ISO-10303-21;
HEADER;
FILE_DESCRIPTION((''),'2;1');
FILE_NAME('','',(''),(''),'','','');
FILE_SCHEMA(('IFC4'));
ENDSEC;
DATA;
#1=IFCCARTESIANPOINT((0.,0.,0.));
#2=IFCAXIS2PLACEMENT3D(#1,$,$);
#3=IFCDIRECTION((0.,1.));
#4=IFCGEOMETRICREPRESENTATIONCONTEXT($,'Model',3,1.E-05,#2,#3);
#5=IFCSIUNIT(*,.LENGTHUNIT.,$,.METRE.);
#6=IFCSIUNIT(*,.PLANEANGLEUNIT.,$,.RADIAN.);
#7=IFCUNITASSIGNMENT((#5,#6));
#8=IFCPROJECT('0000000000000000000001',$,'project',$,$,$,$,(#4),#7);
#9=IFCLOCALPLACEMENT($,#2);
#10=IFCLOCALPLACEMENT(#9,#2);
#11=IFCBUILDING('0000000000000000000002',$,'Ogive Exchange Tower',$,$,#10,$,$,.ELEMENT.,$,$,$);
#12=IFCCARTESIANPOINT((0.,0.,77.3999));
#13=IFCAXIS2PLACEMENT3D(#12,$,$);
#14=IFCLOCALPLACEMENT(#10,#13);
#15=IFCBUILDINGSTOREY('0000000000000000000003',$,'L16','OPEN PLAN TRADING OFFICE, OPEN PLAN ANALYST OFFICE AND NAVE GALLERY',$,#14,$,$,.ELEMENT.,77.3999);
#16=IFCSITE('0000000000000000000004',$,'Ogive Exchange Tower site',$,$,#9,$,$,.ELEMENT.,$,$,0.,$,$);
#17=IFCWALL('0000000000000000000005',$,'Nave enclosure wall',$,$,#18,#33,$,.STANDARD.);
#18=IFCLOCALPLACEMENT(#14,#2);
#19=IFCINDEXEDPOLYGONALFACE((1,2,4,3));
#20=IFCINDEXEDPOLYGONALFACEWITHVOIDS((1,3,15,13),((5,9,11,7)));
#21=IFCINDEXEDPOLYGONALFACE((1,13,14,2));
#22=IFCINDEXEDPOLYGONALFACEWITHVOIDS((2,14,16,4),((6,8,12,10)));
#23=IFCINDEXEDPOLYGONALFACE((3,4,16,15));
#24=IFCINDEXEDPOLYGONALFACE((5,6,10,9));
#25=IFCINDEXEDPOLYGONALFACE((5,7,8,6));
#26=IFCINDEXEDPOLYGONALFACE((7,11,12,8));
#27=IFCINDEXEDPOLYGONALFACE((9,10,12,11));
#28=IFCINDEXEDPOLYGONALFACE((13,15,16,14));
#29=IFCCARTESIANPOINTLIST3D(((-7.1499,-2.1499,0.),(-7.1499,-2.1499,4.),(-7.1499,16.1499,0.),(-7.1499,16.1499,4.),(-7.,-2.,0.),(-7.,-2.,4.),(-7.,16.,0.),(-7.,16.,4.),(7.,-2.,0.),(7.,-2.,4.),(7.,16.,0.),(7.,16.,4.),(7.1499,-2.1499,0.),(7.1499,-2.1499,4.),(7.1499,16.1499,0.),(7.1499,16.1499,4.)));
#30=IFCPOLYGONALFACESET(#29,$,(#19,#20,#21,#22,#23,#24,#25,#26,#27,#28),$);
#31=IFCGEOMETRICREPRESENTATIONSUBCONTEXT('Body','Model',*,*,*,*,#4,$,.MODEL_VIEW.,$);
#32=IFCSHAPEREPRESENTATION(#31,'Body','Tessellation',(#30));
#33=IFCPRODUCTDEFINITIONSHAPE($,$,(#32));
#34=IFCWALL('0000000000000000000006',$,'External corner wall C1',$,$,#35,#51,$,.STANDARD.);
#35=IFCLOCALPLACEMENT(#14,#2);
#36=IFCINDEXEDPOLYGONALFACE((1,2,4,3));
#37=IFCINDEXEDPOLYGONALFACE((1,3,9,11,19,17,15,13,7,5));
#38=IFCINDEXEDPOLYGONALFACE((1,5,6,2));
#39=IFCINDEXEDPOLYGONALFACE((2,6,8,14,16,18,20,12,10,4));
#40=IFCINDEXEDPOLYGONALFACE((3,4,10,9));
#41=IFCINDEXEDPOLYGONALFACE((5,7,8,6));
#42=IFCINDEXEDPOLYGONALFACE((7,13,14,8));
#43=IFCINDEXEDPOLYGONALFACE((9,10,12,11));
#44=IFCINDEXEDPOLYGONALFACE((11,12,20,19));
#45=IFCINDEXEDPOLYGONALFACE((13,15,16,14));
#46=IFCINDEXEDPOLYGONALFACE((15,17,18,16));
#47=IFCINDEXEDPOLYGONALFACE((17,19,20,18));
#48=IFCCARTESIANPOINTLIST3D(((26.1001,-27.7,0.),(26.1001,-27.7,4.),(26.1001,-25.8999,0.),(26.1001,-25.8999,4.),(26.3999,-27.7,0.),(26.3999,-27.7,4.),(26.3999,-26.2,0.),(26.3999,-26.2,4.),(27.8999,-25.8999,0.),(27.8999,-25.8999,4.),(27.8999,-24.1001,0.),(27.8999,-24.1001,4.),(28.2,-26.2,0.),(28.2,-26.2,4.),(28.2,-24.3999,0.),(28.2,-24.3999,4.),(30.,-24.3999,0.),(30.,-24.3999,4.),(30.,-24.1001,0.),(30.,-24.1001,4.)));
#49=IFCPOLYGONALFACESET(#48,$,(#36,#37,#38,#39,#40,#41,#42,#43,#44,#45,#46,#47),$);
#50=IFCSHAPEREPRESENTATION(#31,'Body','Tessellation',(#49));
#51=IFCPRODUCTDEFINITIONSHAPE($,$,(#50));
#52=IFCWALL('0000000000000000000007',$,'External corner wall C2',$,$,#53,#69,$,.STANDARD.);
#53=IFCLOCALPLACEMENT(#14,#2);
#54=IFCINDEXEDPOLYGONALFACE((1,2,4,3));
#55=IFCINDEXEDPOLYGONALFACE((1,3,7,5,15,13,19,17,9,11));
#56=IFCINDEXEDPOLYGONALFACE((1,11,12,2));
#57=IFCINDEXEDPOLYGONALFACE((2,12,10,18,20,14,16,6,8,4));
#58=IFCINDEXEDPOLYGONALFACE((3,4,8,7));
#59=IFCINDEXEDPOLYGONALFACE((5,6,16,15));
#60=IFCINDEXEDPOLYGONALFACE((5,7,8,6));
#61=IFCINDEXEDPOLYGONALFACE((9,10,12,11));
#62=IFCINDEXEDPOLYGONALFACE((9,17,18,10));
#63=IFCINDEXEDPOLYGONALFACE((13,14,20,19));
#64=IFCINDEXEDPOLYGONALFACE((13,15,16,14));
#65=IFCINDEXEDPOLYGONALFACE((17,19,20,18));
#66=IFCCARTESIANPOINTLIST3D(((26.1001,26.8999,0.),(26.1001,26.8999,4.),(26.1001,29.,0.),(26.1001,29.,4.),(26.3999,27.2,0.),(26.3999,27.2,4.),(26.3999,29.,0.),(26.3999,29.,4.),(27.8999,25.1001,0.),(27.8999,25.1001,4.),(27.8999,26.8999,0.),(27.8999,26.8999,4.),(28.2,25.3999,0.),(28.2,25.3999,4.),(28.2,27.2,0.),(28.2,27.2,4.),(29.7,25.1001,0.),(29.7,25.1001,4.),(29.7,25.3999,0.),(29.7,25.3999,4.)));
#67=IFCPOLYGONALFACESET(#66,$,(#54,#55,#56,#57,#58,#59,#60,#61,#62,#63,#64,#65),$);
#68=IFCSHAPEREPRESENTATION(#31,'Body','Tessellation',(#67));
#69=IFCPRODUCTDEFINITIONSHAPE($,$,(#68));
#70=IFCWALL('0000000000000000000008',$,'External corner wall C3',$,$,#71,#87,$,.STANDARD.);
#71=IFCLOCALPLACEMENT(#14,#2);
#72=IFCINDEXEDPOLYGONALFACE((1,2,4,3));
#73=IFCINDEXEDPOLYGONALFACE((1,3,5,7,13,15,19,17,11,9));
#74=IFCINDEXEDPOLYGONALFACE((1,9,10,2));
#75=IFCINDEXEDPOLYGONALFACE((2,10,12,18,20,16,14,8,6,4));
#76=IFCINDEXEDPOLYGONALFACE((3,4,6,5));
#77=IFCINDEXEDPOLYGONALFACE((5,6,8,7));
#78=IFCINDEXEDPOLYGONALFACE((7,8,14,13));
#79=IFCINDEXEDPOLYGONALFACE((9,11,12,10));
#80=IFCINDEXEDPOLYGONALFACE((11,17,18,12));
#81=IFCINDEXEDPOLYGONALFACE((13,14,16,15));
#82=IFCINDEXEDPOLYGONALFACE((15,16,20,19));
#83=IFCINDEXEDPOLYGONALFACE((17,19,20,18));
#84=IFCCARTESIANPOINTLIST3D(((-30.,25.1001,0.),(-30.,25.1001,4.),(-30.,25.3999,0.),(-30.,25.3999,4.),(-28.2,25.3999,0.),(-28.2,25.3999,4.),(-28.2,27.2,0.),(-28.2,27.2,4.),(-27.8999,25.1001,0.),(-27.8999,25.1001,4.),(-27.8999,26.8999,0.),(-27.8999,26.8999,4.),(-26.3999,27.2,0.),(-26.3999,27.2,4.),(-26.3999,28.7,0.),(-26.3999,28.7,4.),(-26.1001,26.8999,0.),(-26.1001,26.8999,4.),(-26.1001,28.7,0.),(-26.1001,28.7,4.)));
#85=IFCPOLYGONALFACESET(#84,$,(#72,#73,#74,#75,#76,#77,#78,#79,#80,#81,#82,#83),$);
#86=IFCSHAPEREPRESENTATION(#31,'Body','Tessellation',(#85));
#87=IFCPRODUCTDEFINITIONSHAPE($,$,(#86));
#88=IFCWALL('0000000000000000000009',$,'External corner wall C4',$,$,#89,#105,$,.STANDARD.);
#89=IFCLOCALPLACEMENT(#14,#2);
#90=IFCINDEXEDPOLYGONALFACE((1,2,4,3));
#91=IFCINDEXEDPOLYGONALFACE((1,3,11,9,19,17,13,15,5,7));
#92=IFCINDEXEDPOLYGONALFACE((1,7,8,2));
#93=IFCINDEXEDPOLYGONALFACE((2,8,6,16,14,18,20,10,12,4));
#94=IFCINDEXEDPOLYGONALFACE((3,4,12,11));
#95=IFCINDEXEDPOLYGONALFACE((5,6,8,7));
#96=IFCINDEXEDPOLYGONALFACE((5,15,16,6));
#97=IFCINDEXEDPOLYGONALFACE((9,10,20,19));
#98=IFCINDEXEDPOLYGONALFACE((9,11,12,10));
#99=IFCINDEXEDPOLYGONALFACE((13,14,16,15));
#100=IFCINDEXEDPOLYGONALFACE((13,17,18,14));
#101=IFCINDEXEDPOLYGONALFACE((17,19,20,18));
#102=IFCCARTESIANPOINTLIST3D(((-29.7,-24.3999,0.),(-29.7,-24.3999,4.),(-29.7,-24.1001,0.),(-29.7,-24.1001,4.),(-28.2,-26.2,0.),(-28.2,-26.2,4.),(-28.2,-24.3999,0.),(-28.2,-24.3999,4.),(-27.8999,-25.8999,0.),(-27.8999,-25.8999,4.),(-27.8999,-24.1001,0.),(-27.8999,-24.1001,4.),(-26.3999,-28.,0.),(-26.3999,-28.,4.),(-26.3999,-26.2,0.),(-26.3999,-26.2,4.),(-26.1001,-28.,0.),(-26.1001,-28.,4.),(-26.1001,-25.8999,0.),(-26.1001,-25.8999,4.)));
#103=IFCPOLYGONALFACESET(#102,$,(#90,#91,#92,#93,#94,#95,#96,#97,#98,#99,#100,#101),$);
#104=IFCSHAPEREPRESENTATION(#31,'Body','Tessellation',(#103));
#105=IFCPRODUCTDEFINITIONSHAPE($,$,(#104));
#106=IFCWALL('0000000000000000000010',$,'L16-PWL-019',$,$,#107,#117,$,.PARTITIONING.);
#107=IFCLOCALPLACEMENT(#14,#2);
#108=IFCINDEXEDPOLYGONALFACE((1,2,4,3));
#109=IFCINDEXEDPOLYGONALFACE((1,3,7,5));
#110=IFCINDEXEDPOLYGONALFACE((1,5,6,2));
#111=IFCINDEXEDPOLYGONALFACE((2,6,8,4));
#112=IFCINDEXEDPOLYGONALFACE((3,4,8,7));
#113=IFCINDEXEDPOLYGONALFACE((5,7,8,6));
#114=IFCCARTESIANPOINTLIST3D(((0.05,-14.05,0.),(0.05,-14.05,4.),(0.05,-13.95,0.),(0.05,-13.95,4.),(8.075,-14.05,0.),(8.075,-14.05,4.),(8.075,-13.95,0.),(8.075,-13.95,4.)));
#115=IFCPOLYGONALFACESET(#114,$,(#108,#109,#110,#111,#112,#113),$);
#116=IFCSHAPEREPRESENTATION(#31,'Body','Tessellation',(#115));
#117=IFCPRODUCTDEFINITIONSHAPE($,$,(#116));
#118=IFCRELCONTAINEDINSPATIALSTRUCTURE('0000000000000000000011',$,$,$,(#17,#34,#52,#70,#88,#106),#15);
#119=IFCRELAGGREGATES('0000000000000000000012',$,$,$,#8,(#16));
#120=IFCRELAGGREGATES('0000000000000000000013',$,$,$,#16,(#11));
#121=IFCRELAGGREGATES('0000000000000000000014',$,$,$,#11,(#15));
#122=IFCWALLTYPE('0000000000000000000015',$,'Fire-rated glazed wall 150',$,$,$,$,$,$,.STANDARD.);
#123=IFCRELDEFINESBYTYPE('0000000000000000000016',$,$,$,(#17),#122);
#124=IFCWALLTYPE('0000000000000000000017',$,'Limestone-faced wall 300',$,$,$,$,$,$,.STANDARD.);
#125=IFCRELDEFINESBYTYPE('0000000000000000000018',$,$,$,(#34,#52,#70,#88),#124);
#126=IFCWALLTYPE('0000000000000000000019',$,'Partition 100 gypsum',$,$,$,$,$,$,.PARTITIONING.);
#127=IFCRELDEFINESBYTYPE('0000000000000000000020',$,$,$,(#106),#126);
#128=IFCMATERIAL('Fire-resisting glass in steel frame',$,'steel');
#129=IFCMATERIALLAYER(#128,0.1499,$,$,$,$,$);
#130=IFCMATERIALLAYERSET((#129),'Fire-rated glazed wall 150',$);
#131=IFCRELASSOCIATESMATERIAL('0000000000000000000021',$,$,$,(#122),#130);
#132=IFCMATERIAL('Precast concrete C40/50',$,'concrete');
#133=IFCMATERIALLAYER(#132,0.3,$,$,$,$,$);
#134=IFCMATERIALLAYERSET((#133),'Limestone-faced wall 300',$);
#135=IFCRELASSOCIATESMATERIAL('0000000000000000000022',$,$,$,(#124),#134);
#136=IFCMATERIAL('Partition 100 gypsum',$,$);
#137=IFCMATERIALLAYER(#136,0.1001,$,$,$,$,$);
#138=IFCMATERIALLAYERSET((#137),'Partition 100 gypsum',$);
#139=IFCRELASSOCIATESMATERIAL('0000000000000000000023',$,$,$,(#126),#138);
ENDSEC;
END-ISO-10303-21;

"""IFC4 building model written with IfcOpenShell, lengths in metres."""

from ifc_helpers import new_model, si_unit, direction, frame, frame_2d, origin, place, context, subcontext, project, spatial, polyline, rectangle, outline, extrude, material, layer, layer_set, type_object, element, save


model = new_model("IFC4")

# Units and contexts
model_context = context("Model", 3, precision=1e-05, world=origin(), true_north=direction((0.0, 1.0)))
body_context = subcontext(model_context, "Body", "Model", "MODEL_VIEW")
ifc_project = project(units=[si_unit("LENGTHUNIT", "METRE"), si_unit("PLANEANGLEUNIT", "RADIAN")], contexts=[model_context])

# Site, building, storey
site_placement = place(None, origin())
site = spatial("IfcSite", under=ifc_project, at=site_placement, Name="Ogive Exchange Tower site", CompositionType="ELEMENT", RefElevation=0.0)
building_placement = place(site_placement, origin())
building = spatial("IfcBuilding", under=site, at=building_placement, Name="Ogive Exchange Tower", CompositionType="ELEMENT")
storey_placement = place(building_placement, frame((0.0, 0.0, 77.3999)))
storey = spatial("IfcBuildingStorey", under=building, at=storey_placement, Name="L16", Description="OPEN PLAN TRADING OFFICE, OPEN PLAN ANALYST OFFICE AND NAVE GALLERY", CompositionType="ELEMENT", Elevation=77.3999)

# Walls
ifc_material_1 = material(Name="Fire-resisting glass in steel frame", Category="steel")
ifc_layer_1 = layer(ifc_material_1, 0.1499)
ifc_layer_set_1 = layer_set([ifc_layer_1], Name="Fire-rated glazed wall 150")
wall_type_1 = type_object("IfcWallType", Name="Fire-rated glazed wall 150", PredefinedType="STANDARD", material=ifc_layer_set_1)
wall_1_placement = place(storey_placement, origin())
element("IfcWall", 1, at=wall_1_placement, inside=storey, type_object=wall_type_1, Name="Nave enclosure wall", PredefinedType="STANDARD", context=body_context, shape_type="SweptSolid", body=[
    extrude(outline(polyline([(-7.1499, -2.1499), (7.1499, -2.1499), (7.1499, 16.1499), (-7.1499, 16.1499), (-7.1499, -2.1499)]), holes=[polyline([(-7.0, -2.0), (-7.0, 16.0), (7.0, 16.0), (7.0, -2.0), (-7.0, -2.0)])]), origin(), (0.0, 0.0, 1.0), 4.0),
])
ifc_material_2 = material(Name="Precast concrete C40/50", Category="concrete")
ifc_layer_2 = layer(ifc_material_2, 0.3)
ifc_layer_set_2 = layer_set([ifc_layer_2], Name="Limestone-faced wall 300")
wall_type_2 = type_object("IfcWallType", Name="Limestone-faced wall 300", PredefinedType="STANDARD", material=ifc_layer_set_2)
wall_2_placement = place(storey_placement, origin())
element("IfcWall", 2, at=wall_2_placement, inside=storey, type_object=wall_type_2, Name="External corner wall C1", PredefinedType="STANDARD", context=body_context, shape_type="SweptSolid", body=[
    extrude(outline(polyline([(27.8999, -25.8999), (27.8999, -24.1001), (30.0, -24.1001), (30.0, -24.3999), (28.2, -24.3999), (28.2, -26.2), (26.3999, -26.2), (26.3999, -27.7), (26.1001, -27.7), (26.1001, -25.8999), (27.8999, -25.8999)])), origin(), (0.0, 0.0, 1.0), 4.0),
])
wall_3_placement = place(storey_placement, origin())
element("IfcWall", 3, at=wall_3_placement, inside=storey, type_object=wall_type_2, Name="External corner wall C2", PredefinedType="STANDARD", context=body_context, shape_type="SweptSolid", body=[
    extrude(outline(polyline([(27.8999, 26.8999), (26.1001, 26.8999), (26.1001, 29.0), (26.3999, 29.0), (26.3999, 27.2), (28.2, 27.2), (28.2, 25.3999), (29.7, 25.3999), (29.7, 25.1001), (27.8999, 25.1001), (27.8999, 26.8999)])), origin(), (0.0, 0.0, 1.0), 4.0),
])
wall_4_placement = place(storey_placement, origin())
element("IfcWall", 4, at=wall_4_placement, inside=storey, type_object=wall_type_2, Name="External corner wall C3", PredefinedType="STANDARD", context=body_context, shape_type="SweptSolid", body=[
    extrude(outline(polyline([(-28.2, 25.3999), (-28.2, 27.2), (-26.3999, 27.2), (-26.3999, 28.7), (-26.1001, 28.7), (-26.1001, 26.8999), (-27.8999, 26.8999), (-27.8999, 25.1001), (-30.0, 25.1001), (-30.0, 25.3999), (-28.2, 25.3999)])), origin(), (0.0, 0.0, 1.0), 4.0),
])
wall_5_placement = place(storey_placement, origin())
element("IfcWall", 5, at=wall_5_placement, inside=storey, type_object=wall_type_2, Name="External corner wall C4", PredefinedType="STANDARD", context=body_context, shape_type="SweptSolid", body=[
    extrude(outline(polyline([(-26.3999, -26.2), (-28.2, -26.2), (-28.2, -24.3999), (-29.7, -24.3999), (-29.7, -24.1001), (-27.8999, -24.1001), (-27.8999, -25.8999), (-26.1001, -25.8999), (-26.1001, -28.0), (-26.3999, -28.0), (-26.3999, -26.2)])), origin(), (0.0, 0.0, 1.0), 4.0),
])
ifc_material_3 = material(Name="Partition 100 gypsum")
ifc_layer_3 = layer(ifc_material_3, 0.1001)
ifc_layer_set_3 = layer_set([ifc_layer_3], Name="Partition 100 gypsum")
wall_type_3 = type_object("IfcWallType", Name="Partition 100 gypsum", PredefinedType="PARTITIONING", material=ifc_layer_set_3)
wall_6_placement = place(storey_placement, frame((0.05, -14.0, 0.0), z_axis=(0.0, 0.0, 1.0), x_axis=(1.0, 0.0, 0.0)))
element("IfcWall", 6, at=wall_6_placement, inside=storey, type_object=wall_type_3, Name="L16-PWL-019", PredefinedType="PARTITIONING", context=body_context, shape_type="SweptSolid", body=[
    extrude(rectangle(XDim=8.0249, YDim=0.1001, at=frame_2d((4.0125, 0.0))), origin(), (0.0, 0.0, 1.0), 4.0),
])

save(model, "model.ifc")
